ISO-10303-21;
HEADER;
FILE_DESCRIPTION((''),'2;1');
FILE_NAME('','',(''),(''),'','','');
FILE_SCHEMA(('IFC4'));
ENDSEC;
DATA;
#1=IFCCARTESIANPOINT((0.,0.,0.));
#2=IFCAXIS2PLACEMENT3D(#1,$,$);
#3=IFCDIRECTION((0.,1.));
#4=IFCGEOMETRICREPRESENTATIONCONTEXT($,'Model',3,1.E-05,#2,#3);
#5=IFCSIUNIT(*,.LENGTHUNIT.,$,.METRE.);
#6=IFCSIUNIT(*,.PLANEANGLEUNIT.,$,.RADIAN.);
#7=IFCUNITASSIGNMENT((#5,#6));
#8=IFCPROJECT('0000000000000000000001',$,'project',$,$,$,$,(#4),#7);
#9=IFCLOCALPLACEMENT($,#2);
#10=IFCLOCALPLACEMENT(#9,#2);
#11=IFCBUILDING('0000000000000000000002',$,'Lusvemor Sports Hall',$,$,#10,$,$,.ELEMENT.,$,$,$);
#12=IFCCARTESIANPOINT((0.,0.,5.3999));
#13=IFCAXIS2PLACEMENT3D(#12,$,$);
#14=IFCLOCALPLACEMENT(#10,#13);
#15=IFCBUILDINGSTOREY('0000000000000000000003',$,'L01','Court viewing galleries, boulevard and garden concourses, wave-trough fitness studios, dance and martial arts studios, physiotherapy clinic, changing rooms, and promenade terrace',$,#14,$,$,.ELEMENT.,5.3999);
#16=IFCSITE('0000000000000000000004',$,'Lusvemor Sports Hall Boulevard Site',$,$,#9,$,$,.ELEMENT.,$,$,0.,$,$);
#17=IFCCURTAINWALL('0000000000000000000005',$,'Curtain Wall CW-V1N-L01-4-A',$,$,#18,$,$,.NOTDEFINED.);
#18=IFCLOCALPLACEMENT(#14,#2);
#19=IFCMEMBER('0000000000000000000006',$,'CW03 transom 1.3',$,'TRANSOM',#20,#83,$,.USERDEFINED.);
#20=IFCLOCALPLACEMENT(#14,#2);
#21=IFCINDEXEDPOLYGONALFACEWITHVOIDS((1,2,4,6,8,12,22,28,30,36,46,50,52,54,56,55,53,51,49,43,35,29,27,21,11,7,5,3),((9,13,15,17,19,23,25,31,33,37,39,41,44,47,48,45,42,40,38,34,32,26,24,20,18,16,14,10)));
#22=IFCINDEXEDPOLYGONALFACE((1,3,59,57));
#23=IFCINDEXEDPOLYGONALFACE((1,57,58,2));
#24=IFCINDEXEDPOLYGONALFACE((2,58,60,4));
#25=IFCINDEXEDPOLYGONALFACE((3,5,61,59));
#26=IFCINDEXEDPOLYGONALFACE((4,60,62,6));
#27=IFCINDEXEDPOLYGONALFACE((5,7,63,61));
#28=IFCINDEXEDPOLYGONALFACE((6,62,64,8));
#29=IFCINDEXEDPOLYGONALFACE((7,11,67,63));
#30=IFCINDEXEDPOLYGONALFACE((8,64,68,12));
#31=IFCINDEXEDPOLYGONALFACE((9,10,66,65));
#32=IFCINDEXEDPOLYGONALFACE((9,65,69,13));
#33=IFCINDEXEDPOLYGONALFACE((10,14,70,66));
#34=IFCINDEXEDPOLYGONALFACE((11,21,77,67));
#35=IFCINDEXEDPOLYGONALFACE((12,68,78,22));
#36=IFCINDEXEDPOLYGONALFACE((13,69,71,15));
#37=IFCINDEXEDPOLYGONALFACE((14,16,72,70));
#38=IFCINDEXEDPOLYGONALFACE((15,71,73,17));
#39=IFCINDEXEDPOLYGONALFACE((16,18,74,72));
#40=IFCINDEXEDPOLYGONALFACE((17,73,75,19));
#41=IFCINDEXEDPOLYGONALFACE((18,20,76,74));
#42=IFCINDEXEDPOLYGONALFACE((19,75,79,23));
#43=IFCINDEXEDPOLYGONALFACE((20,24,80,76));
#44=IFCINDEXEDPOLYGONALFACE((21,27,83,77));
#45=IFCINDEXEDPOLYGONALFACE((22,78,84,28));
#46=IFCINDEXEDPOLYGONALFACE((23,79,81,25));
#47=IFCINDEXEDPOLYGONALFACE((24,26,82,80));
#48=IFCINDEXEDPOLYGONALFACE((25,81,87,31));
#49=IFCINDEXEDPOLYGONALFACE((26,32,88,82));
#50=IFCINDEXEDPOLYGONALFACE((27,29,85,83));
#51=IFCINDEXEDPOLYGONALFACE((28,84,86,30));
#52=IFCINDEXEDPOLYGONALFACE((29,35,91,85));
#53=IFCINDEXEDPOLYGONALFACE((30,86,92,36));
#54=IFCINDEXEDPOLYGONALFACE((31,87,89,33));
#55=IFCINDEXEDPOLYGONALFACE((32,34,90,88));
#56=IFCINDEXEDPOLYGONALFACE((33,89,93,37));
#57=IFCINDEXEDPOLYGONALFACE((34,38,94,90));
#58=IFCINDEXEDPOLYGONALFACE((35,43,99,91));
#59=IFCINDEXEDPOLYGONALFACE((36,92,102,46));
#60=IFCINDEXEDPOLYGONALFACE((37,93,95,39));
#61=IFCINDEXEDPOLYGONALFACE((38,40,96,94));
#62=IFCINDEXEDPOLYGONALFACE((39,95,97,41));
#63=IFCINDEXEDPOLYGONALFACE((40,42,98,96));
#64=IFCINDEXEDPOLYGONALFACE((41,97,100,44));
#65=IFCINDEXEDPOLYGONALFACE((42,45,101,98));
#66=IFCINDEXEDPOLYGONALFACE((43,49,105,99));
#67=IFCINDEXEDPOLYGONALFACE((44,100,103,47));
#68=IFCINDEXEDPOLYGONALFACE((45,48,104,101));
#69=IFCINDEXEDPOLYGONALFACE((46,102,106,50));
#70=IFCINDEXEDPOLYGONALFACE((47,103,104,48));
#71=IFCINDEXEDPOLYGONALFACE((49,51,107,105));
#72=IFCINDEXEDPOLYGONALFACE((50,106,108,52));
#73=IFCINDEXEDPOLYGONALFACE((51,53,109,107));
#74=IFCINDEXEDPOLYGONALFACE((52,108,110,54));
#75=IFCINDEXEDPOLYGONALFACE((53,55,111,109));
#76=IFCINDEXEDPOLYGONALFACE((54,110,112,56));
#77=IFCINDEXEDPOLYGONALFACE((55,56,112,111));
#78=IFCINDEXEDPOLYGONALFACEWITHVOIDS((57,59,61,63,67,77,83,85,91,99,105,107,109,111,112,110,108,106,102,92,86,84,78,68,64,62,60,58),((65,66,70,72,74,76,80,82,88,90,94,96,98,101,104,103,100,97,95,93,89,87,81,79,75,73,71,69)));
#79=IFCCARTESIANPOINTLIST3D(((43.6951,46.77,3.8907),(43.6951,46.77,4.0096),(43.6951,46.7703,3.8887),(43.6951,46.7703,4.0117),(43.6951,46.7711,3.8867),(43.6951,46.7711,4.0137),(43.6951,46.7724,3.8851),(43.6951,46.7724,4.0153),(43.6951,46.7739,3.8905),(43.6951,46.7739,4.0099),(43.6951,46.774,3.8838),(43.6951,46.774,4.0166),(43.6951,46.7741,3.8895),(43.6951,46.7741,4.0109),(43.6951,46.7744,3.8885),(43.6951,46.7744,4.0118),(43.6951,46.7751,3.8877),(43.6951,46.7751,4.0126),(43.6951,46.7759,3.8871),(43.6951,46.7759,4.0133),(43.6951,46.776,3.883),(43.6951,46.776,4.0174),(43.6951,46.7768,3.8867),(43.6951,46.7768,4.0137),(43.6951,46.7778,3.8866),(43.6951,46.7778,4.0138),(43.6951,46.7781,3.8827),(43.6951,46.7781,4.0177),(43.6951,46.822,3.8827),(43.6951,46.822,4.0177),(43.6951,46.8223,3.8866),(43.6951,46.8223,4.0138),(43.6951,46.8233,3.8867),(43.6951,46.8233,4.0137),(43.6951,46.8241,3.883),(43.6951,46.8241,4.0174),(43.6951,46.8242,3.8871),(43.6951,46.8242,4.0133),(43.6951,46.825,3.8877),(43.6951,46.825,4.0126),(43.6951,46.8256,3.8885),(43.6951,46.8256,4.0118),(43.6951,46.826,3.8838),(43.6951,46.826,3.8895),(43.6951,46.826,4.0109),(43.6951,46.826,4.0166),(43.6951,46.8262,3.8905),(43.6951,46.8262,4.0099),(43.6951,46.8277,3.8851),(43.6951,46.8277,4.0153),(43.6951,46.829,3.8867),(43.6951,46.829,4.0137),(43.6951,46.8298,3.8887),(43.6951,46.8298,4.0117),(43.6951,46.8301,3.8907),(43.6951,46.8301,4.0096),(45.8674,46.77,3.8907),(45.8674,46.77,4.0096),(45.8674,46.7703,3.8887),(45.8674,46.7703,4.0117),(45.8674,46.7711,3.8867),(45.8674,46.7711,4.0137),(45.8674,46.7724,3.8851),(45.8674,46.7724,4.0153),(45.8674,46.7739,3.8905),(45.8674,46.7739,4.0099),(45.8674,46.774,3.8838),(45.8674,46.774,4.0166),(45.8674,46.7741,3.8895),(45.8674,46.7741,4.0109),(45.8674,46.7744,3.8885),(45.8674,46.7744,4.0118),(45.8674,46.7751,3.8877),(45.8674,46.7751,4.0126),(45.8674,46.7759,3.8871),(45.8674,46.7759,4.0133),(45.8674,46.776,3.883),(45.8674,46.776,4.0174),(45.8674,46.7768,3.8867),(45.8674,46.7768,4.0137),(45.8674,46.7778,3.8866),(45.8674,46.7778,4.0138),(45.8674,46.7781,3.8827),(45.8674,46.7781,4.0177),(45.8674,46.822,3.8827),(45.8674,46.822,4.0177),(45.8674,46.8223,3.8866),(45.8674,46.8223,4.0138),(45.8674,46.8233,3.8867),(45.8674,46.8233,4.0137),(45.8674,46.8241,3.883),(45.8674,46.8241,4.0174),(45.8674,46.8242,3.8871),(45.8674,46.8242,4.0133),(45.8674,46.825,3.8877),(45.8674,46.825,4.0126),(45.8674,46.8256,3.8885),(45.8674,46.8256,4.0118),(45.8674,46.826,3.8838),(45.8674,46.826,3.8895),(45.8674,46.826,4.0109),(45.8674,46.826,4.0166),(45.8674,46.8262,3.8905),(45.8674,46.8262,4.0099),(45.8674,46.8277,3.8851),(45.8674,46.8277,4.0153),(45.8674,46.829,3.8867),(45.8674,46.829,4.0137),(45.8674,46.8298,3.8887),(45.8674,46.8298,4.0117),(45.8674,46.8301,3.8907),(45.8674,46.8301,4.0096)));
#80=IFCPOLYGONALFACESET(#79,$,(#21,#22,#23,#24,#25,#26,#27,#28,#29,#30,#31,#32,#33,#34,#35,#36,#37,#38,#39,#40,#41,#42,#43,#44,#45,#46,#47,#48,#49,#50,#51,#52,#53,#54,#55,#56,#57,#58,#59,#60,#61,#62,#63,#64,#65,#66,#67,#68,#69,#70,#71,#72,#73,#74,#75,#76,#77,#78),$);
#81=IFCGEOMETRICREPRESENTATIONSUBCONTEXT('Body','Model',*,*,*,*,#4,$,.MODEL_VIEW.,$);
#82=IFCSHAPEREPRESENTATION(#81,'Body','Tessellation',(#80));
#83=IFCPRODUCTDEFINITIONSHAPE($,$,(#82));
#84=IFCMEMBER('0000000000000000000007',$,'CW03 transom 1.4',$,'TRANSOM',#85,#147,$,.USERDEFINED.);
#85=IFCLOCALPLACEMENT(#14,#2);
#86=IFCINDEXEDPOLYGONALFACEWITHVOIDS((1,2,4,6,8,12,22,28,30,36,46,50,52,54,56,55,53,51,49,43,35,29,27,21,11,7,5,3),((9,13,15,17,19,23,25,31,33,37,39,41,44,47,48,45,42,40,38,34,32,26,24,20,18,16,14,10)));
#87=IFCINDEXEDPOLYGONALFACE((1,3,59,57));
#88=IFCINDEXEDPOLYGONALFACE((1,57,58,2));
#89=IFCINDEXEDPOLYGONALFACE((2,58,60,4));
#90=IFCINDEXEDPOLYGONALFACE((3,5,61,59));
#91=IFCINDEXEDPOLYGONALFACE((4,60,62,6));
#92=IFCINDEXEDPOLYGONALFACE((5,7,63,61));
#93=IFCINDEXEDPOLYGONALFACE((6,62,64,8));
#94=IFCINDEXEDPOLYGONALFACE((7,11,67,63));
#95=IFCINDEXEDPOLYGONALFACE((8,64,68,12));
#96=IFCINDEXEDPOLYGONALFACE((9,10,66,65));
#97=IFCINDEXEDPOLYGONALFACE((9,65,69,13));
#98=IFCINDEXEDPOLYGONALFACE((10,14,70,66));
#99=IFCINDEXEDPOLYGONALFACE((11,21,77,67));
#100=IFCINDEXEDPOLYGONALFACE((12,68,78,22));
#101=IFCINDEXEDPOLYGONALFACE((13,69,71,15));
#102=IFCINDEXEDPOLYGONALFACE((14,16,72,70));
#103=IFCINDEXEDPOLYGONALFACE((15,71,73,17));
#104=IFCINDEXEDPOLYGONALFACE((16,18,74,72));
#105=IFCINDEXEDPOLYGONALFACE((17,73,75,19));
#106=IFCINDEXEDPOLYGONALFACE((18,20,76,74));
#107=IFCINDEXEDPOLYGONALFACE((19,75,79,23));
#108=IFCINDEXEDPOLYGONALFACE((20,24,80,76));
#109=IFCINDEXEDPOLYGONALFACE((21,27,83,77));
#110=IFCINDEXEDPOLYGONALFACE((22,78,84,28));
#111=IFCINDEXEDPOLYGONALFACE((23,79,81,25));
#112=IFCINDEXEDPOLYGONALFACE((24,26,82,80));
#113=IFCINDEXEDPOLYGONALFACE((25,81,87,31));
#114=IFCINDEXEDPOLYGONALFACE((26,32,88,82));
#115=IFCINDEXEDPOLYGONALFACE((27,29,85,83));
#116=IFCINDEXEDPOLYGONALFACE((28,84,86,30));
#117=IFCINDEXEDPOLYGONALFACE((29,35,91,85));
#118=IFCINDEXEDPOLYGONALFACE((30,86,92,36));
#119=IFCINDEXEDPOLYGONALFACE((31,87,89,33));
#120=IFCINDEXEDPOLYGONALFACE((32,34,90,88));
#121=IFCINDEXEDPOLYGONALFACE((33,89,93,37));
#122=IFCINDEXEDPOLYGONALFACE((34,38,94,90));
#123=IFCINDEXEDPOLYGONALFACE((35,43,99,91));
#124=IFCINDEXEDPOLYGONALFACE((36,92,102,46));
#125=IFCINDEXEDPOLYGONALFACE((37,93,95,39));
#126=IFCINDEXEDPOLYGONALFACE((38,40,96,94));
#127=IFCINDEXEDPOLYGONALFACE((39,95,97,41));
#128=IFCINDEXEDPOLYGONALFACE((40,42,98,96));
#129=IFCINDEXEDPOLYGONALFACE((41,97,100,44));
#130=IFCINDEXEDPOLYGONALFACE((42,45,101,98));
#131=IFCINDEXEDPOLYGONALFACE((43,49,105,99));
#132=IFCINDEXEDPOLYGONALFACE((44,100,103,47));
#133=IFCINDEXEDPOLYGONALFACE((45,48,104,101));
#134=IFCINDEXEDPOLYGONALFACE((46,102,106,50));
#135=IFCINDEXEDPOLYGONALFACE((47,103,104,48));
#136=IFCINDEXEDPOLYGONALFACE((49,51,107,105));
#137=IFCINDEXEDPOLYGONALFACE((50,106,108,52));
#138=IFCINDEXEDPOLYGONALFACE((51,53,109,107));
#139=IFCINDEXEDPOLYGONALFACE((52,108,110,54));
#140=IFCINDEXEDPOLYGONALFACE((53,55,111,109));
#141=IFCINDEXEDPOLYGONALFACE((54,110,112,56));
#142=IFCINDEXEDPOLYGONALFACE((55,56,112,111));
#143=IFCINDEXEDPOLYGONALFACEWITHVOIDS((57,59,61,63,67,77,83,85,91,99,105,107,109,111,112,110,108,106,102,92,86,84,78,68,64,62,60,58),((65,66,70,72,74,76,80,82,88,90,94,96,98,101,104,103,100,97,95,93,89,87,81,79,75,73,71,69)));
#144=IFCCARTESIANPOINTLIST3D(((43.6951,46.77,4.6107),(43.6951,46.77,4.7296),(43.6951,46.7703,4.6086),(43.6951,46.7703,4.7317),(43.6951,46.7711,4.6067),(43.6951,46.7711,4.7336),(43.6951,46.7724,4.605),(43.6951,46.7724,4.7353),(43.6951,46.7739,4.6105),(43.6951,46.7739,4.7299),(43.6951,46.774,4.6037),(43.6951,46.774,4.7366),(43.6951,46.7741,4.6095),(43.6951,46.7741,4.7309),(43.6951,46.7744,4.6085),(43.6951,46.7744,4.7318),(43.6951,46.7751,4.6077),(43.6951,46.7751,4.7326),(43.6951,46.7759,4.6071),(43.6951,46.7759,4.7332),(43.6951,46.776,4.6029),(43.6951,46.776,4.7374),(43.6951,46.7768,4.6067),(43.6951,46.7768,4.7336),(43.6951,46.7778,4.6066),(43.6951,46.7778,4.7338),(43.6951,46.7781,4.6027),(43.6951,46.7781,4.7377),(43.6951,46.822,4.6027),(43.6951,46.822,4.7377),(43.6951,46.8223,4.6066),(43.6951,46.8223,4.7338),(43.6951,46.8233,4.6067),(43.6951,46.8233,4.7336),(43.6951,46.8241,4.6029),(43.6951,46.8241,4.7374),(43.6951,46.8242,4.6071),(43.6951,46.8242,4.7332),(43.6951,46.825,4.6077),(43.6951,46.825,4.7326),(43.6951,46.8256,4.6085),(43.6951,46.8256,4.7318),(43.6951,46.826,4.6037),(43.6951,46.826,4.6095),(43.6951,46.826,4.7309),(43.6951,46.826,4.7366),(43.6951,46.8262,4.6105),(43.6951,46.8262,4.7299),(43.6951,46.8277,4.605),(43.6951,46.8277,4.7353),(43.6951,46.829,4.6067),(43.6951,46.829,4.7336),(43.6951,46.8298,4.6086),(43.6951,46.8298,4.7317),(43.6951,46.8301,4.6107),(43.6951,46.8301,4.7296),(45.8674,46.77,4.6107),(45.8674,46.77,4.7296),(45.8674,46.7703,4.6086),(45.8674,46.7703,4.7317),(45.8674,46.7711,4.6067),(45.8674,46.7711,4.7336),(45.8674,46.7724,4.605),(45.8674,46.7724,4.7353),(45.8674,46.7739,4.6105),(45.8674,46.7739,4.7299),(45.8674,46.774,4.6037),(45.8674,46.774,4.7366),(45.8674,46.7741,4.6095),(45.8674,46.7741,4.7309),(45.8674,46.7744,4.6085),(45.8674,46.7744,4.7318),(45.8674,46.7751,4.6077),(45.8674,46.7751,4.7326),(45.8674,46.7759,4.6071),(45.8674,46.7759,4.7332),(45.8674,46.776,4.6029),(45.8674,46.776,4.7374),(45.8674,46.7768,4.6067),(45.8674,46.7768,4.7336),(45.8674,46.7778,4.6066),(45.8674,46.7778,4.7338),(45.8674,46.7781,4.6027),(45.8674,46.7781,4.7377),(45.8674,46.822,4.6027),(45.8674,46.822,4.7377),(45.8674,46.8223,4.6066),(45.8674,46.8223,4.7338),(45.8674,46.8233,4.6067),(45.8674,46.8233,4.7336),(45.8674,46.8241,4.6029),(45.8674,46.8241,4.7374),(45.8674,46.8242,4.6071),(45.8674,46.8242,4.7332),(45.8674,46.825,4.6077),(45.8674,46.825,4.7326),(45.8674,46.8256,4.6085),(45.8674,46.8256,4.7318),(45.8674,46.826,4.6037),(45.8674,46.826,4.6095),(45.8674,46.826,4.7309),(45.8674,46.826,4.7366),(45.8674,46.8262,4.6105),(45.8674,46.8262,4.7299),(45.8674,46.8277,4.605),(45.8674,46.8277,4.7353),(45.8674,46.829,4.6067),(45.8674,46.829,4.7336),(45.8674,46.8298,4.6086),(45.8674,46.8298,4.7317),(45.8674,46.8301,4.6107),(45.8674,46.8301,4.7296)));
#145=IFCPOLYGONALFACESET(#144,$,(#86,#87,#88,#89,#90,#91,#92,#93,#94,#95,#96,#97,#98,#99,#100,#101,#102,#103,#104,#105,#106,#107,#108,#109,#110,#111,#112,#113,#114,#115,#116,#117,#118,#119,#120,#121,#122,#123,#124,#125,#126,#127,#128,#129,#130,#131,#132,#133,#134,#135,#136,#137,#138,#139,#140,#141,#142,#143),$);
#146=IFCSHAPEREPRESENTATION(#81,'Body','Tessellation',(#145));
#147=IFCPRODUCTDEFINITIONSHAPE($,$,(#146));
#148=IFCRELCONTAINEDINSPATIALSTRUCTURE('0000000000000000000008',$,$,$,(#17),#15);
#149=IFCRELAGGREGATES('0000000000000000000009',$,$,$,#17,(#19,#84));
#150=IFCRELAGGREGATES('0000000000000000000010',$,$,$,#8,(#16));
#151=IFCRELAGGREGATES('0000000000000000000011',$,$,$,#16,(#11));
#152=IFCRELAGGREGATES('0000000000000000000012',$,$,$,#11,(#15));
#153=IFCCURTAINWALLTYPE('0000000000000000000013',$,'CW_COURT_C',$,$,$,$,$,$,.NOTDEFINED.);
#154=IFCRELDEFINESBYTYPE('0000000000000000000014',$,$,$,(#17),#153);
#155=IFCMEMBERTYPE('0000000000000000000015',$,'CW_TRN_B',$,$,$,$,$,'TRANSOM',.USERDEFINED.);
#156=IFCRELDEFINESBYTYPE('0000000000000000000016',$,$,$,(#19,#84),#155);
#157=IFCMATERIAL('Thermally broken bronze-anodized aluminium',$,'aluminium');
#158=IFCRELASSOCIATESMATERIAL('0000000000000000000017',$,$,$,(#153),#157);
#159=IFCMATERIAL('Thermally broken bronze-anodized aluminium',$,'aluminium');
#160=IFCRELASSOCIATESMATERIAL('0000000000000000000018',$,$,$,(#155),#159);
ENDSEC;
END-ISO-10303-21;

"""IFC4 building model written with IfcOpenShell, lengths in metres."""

from ifc_helpers import new_model, si_unit, direction, frame, origin, origin_2d, place, context, subcontext, project, spatial, hollow_rectangle, extrude, material, material_profile, profile_set, type_object, element, aggregate, save


model = new_model("IFC4")

# Units and contexts
model_context = context("Model", 3, precision=1e-05, world=origin(), true_north=direction((0.0, 1.0)))
body_context = subcontext(model_context, "Body", "Model", "MODEL_VIEW")
ifc_project = project(units=[si_unit("LENGTHUNIT", "METRE"), si_unit("PLANEANGLEUNIT", "RADIAN")], contexts=[model_context])

# Site, building, storey
site_placement = place(None, origin())
site = spatial("IfcSite", under=ifc_project, at=site_placement, Name="Lusvemor Sports Hall Boulevard Site", CompositionType="ELEMENT", RefElevation=0.0)
building_placement = place(site_placement, origin())
building = spatial("IfcBuilding", under=site, at=building_placement, Name="Lusvemor Sports Hall", CompositionType="ELEMENT")
storey_placement = place(building_placement, frame((0.0, 0.0, 5.3999)))
storey = spatial("IfcBuildingStorey", under=building, at=storey_placement, Name="L01", Description="Court viewing galleries, boulevard and garden concourses, wave-trough fitness studios, dance and martial arts studios, physiotherapy clinic, changing rooms, and promenade terrace", CompositionType="ELEMENT", Elevation=5.3999)

# Curtain wall
ifc_material_1 = material(Name="Thermally broken bronze-anodized aluminium", Category="aluminium")
curtain_wall_type = type_object("IfcCurtainWallType", Name="CW_COURT_C", PredefinedType="NOTDEFINED", material=ifc_material_1)
curtain_wall_1_placement = place(storey_placement, origin())
curtain_wall_1 = element("IfcCurtainWall", 1, at=curtain_wall_1_placement, inside=storey, type_object=curtain_wall_type, Name="Curtain Wall CW-V1N-L01-4-A", PredefinedType="NOTDEFINED")

# Members
ifc_material_2 = material(Name="Thermally broken bronze-anodized aluminium", Category="aluminium")
ifc_material_profile_1 = material_profile(ifc_material_2, hollow_rectangle(XDim=0.0601, YDim=0.135, WallThickness=0.0039, InnerFilletRadius=0.0039, OuterFilletRadius=0.0081, at=origin_2d()), Name="CWTRN135x60x4")
ifc_profile_set_1 = profile_set([ifc_material_profile_1], Name="Thermally broken bronze-anodized aluminium")
member_type_1 = type_object("IfcMemberType", Name="CW_TRN_B", ElementType="TRANSOM", PredefinedType="USERDEFINED", material=ifc_profile_set_1)
member_1_placement = place(storey_placement, frame((43.6951, 46.8, 3.9502), z_axis=(1.0, 0.0, 0.0), x_axis=(0.0, 1.0, 0.0)))
member_1 = element("IfcMember", 2, at=member_1_placement, type_object=member_type_1, Name="CW03 transom 1.3", ObjectType="TRANSOM", PredefinedType="USERDEFINED", context=body_context, shape_type="SweptSolid", body=[
    extrude(hollow_rectangle(XDim=0.0601, YDim=0.135, WallThickness=0.0039, InnerFilletRadius=0.0039, OuterFilletRadius=0.0081, at=origin_2d()), origin(), (0.0, 0.0, 1.0), 2.1724),
])
member_2_placement = place(storey_placement, frame((43.6951, 46.8, 4.6702), z_axis=(1.0, 0.0, 0.0), x_axis=(0.0, 1.0, 0.0)))
member_2 = element("IfcMember", 3, at=member_2_placement, type_object=member_type_1, Name="CW03 transom 1.4", ObjectType="TRANSOM", PredefinedType="USERDEFINED", context=body_context, shape_type="SweptSolid", body=[
    extrude(hollow_rectangle(XDim=0.0601, YDim=0.135, WallThickness=0.0039, InnerFilletRadius=0.0039, OuterFilletRadius=0.0081, at=origin_2d()), origin(), (0.0, 0.0, 1.0), 2.1724),
])

aggregate(curtain_wall_1, [member_1, member_2])

save(model, "model.ifc")
